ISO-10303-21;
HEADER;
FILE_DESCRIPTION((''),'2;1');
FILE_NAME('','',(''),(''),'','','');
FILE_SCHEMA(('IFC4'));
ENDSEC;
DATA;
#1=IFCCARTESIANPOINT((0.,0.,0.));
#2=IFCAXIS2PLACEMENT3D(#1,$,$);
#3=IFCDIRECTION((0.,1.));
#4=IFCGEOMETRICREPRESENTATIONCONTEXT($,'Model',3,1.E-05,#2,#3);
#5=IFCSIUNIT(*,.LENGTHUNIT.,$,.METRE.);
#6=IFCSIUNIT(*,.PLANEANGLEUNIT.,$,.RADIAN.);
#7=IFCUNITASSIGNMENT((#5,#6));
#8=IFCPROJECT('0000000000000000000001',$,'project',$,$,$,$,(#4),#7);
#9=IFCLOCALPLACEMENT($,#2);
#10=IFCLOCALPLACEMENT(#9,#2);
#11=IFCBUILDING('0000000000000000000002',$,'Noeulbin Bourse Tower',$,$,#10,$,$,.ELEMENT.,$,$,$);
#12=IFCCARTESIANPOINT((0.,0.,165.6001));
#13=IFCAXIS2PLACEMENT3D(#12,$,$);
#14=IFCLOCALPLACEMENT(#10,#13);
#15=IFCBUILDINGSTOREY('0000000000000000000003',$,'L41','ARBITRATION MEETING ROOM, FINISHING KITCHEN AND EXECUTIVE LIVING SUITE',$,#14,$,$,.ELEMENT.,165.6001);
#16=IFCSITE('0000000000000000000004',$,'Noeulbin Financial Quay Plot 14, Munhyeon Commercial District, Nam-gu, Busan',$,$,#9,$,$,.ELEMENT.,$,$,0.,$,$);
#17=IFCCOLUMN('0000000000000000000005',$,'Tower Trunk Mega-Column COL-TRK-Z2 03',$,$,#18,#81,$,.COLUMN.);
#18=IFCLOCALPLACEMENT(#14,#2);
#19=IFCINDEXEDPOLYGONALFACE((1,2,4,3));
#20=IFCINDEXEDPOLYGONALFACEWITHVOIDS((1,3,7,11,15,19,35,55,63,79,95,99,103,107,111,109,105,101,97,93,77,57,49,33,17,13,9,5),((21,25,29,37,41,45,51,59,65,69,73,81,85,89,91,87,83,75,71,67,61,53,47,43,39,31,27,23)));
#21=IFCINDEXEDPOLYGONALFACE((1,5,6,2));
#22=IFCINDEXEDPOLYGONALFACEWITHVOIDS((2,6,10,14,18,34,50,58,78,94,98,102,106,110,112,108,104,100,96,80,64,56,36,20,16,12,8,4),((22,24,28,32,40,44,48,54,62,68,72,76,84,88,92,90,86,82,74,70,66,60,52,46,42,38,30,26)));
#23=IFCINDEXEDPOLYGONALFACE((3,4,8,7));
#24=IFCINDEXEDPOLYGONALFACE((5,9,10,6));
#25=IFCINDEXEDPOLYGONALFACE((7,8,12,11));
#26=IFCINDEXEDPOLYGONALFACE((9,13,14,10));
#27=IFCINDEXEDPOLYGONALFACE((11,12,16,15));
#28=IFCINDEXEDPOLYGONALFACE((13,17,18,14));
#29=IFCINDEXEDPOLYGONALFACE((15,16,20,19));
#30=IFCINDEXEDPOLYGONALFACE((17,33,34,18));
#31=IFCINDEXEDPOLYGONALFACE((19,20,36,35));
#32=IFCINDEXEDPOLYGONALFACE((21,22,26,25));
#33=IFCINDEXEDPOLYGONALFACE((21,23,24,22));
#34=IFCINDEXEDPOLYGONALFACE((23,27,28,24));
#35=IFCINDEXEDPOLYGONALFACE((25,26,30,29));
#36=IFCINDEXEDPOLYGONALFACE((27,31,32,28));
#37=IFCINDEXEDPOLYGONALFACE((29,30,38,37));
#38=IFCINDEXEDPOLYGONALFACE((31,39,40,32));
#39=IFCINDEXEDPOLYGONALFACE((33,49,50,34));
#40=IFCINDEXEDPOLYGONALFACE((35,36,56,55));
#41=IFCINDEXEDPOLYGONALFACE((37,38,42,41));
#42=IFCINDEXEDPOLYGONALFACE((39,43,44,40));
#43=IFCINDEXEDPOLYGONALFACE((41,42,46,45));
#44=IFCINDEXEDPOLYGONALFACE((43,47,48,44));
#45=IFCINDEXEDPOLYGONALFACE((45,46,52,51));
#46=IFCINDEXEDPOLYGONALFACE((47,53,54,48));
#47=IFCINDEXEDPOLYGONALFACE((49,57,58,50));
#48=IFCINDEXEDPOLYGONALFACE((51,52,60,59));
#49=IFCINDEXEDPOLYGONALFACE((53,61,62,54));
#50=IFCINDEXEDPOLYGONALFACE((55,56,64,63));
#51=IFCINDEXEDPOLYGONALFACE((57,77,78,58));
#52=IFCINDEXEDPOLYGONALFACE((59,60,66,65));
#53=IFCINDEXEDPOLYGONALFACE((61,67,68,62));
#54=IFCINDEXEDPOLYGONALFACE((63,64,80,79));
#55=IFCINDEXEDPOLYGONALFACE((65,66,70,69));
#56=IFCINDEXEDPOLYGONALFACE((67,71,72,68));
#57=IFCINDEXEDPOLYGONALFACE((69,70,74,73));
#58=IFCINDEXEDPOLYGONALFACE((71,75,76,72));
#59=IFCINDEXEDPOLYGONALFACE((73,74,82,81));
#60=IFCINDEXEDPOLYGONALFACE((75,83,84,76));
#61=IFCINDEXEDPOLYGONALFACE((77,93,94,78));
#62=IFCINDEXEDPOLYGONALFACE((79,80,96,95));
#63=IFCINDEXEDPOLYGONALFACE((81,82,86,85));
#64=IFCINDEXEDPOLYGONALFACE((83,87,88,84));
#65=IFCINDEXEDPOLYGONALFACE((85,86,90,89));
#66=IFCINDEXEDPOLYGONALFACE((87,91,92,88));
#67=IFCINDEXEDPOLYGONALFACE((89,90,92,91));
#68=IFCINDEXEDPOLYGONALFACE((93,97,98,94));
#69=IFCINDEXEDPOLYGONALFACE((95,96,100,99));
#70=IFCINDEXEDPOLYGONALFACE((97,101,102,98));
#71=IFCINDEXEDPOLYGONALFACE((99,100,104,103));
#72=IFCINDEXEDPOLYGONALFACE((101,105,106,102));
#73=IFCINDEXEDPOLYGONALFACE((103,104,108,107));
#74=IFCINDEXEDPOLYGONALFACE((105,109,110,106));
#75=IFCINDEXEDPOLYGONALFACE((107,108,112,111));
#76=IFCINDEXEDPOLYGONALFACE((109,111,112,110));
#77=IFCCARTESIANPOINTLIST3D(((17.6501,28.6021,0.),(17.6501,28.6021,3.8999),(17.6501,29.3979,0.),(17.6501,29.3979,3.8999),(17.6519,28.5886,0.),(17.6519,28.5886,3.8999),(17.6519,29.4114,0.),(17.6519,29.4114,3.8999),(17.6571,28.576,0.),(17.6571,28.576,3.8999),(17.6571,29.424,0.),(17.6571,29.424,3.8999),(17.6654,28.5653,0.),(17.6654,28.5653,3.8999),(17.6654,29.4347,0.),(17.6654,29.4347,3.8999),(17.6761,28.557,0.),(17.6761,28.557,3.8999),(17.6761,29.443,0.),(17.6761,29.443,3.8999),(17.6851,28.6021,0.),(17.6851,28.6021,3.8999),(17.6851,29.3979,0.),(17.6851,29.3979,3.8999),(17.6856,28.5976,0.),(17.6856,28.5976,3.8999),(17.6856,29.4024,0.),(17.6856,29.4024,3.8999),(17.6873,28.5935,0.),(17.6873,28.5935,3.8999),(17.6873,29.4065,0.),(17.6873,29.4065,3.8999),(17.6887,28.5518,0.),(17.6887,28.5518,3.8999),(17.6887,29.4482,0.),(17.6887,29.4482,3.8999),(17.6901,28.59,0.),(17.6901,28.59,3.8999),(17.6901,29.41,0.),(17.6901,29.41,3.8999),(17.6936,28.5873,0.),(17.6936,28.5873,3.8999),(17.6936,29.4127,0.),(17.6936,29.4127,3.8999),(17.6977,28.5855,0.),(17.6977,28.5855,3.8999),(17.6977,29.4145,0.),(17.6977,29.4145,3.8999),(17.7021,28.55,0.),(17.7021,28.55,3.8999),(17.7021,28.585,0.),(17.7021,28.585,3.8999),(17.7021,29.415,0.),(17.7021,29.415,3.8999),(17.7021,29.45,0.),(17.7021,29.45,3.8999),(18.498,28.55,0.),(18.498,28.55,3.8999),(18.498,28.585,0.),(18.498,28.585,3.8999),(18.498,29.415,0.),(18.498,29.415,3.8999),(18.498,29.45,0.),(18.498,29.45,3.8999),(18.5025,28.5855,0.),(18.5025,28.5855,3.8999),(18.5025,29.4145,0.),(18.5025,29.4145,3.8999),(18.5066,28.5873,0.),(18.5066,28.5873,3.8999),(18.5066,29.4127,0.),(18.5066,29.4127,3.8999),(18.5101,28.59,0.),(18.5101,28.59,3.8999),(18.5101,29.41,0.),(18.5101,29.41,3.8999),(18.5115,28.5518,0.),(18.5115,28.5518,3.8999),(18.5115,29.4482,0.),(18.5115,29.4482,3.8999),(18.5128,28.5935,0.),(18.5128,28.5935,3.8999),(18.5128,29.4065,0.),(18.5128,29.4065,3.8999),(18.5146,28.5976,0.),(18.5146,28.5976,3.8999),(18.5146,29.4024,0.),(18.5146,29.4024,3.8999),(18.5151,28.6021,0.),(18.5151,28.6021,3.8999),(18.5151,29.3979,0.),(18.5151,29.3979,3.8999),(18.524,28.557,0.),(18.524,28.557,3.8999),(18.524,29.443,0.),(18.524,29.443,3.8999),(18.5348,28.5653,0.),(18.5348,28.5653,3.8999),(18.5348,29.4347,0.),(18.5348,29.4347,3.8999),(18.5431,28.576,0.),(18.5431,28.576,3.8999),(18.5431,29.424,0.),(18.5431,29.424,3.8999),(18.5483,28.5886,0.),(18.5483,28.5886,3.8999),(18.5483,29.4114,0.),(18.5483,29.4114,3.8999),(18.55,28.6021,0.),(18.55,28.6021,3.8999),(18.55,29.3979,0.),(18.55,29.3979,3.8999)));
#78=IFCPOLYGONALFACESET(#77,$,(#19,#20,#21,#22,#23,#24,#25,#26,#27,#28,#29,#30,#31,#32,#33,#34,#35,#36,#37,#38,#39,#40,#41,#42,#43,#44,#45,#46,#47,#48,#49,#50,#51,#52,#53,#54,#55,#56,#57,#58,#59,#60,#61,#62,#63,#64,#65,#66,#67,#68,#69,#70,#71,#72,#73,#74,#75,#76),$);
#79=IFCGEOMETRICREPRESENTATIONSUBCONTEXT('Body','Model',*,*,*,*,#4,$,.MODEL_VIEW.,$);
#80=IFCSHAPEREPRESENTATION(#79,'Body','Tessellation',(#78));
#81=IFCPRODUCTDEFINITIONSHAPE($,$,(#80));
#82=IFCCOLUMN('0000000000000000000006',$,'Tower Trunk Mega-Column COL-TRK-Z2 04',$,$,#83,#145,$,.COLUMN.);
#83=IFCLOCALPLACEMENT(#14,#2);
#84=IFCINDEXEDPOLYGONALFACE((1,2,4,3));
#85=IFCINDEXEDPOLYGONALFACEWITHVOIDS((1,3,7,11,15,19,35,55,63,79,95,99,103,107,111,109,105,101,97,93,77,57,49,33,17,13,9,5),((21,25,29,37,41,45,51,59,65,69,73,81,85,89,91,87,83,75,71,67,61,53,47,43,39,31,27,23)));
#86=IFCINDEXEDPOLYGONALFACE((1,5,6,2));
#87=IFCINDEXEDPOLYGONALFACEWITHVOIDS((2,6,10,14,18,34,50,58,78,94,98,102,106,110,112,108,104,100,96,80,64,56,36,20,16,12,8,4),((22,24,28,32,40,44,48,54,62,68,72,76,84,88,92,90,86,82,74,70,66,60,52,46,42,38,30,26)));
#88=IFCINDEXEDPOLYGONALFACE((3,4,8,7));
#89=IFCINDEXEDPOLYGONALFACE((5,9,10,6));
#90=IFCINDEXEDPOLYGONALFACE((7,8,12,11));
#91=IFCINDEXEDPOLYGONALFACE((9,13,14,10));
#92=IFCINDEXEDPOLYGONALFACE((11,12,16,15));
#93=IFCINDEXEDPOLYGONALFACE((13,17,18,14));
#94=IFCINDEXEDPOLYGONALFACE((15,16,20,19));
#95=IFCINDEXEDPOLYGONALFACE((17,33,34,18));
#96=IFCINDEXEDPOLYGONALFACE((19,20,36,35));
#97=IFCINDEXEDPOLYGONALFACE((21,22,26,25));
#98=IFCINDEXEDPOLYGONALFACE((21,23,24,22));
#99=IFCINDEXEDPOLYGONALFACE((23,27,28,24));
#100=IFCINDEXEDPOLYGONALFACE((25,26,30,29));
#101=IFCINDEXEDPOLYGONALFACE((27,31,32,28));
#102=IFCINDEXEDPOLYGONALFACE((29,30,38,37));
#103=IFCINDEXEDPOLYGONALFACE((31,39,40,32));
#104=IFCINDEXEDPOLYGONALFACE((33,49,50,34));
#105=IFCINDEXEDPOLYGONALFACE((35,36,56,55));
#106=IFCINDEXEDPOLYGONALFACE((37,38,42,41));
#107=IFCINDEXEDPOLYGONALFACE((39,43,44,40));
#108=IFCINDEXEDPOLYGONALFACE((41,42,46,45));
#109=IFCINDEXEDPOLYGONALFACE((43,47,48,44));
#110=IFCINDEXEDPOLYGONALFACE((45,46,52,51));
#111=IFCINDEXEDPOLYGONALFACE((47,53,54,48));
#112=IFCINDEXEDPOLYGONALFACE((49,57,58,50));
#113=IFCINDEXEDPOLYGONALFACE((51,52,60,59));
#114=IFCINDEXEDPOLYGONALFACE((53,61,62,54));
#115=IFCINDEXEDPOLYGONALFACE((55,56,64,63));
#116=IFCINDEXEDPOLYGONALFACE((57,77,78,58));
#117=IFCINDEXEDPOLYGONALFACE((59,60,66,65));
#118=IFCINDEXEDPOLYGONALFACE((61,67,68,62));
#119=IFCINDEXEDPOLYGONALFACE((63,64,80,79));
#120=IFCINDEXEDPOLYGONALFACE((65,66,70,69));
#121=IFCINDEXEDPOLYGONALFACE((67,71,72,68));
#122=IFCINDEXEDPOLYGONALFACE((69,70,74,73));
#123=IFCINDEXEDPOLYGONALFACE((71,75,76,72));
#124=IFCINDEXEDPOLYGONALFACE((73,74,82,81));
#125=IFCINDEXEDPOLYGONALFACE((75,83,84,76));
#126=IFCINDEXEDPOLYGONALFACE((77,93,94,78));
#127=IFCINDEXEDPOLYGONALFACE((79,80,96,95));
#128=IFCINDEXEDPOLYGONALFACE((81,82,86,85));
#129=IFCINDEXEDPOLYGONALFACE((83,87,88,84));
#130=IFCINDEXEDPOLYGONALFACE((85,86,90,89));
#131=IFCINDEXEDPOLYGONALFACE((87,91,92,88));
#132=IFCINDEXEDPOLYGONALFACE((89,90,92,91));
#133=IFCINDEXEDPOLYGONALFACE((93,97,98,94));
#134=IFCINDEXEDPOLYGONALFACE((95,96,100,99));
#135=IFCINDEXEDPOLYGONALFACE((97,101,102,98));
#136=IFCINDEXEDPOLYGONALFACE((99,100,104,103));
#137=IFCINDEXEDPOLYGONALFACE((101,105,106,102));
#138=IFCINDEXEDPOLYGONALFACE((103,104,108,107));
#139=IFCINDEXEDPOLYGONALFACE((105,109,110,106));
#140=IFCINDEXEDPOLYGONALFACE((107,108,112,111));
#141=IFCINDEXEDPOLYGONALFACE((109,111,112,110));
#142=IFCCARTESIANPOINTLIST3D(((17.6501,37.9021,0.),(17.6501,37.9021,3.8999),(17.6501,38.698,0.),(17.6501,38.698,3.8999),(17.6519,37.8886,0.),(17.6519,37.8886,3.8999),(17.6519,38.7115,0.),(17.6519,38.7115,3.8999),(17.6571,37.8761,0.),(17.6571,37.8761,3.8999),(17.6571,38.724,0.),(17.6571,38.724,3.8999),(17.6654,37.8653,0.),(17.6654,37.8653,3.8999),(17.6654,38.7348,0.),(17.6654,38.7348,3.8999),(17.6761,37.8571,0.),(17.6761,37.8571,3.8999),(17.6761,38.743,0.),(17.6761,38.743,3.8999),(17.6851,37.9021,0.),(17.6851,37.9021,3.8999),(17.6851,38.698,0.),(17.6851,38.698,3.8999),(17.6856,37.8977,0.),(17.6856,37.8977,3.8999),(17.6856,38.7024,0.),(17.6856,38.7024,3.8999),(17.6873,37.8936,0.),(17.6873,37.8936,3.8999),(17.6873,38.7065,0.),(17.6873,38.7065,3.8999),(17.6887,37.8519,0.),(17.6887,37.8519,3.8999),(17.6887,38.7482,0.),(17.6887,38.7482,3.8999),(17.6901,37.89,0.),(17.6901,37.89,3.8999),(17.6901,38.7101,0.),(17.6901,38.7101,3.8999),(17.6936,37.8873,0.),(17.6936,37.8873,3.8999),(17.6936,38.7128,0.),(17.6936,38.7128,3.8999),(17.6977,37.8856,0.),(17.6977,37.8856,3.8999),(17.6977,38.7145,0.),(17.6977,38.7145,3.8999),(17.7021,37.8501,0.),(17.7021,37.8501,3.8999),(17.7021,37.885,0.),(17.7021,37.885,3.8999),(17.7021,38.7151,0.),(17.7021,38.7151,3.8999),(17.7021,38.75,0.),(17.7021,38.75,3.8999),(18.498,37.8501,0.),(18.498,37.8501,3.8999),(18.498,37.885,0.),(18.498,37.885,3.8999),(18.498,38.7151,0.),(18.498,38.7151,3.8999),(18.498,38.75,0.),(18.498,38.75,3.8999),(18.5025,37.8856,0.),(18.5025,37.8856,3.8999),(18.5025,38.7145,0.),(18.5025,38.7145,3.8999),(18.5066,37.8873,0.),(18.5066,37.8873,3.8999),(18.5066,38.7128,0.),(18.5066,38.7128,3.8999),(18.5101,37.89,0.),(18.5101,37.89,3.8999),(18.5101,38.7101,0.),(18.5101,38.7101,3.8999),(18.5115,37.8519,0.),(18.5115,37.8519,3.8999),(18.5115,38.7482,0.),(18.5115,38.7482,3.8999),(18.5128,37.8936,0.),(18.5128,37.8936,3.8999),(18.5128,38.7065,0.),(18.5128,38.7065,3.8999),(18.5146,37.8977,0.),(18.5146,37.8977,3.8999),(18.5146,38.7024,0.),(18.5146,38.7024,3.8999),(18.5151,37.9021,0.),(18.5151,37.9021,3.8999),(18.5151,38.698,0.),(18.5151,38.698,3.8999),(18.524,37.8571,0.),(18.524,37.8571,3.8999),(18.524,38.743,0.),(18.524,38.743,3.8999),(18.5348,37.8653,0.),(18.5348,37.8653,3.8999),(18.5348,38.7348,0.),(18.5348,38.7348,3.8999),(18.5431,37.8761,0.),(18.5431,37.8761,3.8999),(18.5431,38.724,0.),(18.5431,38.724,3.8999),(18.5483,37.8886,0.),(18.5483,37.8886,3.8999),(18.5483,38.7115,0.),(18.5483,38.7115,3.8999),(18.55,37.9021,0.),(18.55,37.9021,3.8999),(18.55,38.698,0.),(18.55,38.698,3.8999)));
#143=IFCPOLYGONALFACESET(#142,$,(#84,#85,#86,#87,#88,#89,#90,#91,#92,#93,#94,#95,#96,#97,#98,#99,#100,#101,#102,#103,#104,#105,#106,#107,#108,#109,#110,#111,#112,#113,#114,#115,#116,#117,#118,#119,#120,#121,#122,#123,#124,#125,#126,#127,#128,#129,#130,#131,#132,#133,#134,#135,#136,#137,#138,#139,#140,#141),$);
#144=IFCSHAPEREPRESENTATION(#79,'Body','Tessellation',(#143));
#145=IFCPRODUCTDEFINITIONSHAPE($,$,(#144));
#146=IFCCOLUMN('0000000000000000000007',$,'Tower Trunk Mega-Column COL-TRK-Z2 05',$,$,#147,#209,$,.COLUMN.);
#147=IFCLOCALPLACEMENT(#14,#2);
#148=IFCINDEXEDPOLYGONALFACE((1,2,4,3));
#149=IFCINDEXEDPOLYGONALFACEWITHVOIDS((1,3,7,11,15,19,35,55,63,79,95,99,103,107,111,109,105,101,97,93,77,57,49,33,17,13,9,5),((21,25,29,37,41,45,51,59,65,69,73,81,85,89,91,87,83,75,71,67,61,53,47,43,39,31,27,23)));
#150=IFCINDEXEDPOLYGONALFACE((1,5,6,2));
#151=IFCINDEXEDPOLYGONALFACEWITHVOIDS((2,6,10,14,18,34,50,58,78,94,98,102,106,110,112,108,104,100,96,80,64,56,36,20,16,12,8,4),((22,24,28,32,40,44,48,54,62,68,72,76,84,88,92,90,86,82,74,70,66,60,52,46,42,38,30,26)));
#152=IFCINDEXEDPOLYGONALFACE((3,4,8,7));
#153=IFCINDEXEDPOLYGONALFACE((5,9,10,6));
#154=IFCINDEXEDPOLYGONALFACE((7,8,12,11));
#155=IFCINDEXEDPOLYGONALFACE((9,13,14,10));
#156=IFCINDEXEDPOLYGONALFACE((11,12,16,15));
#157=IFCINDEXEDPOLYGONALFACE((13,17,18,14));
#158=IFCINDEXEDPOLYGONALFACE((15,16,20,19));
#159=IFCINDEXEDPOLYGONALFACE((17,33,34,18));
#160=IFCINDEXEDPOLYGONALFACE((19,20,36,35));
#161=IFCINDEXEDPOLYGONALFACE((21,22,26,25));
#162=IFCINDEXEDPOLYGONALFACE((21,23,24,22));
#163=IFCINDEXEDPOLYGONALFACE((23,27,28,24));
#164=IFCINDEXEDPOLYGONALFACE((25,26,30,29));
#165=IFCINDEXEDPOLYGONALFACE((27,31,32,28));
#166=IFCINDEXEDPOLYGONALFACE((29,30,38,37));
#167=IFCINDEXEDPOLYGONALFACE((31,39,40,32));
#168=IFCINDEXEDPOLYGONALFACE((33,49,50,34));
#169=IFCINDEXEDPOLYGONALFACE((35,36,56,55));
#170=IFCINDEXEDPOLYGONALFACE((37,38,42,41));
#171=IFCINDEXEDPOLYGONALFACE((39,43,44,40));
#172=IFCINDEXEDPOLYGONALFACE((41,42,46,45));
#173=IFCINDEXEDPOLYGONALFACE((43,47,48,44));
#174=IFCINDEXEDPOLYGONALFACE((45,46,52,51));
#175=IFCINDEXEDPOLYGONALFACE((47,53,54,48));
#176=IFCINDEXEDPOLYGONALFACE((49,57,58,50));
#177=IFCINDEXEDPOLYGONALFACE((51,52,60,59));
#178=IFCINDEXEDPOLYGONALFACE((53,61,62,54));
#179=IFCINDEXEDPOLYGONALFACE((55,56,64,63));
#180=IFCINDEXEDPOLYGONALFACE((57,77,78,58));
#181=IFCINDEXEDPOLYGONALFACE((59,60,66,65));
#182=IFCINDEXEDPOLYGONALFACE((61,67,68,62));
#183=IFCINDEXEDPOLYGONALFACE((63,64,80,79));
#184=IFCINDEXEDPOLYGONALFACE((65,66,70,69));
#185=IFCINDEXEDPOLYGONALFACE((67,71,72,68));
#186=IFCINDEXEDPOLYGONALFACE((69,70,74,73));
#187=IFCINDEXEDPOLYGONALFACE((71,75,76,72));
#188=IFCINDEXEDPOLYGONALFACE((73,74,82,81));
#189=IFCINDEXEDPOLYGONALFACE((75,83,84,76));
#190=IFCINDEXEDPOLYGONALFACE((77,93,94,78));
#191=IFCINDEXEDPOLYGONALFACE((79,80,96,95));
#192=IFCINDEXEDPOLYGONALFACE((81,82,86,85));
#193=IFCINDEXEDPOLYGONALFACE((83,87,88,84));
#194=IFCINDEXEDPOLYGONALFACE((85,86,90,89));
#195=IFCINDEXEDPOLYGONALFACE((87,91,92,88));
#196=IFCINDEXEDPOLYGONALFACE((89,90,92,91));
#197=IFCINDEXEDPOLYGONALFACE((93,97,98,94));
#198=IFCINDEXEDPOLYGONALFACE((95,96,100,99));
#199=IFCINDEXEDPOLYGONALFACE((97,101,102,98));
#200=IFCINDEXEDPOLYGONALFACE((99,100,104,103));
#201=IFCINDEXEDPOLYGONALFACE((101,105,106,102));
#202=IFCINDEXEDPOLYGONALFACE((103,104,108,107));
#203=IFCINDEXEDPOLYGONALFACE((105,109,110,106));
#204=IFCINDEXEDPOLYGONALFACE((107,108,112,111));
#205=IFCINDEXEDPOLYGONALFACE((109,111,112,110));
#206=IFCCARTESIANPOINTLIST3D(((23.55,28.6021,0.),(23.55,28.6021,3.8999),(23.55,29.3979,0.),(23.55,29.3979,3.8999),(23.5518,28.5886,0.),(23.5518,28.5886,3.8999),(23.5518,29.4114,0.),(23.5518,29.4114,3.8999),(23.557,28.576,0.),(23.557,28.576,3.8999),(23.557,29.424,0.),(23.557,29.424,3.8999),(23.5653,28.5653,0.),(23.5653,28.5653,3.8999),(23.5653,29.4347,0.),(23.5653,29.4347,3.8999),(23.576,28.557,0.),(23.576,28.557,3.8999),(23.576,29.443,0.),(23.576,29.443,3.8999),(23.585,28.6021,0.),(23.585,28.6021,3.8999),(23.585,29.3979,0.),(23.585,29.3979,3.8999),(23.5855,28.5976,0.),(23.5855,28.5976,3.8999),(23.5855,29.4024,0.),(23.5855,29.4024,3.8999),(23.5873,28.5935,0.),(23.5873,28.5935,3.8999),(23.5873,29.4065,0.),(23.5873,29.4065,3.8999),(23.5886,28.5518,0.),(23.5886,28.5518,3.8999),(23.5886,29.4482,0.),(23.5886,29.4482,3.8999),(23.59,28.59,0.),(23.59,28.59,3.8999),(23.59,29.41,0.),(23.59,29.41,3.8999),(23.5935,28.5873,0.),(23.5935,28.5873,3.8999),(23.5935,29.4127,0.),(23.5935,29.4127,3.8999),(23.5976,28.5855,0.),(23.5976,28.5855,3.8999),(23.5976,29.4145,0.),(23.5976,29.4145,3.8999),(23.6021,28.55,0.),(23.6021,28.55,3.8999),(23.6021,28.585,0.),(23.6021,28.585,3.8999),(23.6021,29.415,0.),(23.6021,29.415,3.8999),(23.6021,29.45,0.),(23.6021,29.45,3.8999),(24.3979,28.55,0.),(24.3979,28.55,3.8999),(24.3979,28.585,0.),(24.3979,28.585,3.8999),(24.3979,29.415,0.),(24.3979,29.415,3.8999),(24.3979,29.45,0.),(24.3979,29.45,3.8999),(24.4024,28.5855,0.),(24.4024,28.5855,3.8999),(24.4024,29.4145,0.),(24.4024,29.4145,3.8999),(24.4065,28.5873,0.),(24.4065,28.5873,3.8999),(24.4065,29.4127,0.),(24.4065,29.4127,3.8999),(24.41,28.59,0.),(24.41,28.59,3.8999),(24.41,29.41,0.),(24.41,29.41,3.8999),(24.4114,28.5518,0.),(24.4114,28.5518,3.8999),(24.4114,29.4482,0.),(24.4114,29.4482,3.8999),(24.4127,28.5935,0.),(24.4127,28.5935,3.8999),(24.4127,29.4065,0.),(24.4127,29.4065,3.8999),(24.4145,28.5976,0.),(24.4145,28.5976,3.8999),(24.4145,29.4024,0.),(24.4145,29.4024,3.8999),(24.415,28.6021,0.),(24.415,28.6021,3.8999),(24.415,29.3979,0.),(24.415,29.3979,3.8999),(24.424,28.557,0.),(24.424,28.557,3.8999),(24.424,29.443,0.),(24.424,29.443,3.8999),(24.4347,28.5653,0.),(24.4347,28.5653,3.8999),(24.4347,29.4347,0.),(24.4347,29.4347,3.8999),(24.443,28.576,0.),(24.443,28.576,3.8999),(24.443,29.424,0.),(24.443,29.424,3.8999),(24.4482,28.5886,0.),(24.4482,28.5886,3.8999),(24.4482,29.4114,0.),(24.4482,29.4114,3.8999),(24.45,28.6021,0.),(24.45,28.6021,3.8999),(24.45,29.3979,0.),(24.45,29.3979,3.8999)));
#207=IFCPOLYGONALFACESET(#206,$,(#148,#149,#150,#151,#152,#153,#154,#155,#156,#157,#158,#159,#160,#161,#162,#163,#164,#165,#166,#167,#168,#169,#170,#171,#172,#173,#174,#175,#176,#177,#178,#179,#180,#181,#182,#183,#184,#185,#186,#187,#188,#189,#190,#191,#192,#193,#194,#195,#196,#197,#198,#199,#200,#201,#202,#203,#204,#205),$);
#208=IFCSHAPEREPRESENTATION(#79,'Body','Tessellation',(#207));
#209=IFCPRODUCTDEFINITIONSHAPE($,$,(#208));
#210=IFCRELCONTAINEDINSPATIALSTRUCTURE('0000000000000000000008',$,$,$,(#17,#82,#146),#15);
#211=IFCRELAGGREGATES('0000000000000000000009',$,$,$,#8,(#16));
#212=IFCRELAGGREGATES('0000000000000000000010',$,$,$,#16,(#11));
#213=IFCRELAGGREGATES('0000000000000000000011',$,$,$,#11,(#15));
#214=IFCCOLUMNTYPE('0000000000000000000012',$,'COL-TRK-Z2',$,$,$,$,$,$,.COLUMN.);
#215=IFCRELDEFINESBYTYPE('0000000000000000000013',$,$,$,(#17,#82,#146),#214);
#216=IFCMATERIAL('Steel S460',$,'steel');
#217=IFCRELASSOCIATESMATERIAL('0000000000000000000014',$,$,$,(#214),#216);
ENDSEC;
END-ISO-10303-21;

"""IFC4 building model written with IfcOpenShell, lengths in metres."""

from ifc_helpers import new_model, si_unit, direction, frame, origin, origin_2d, place, context, subcontext, project, spatial, hollow_rectangle, extrude, material, material_profile, profile_set, type_object, element, save


model = new_model("IFC4")

# Units and contexts
model_context = context("Model", 3, precision=1e-05, world=origin(), true_north=direction((0.0, 1.0)))
body_context = subcontext(model_context, "Body", "Model", "MODEL_VIEW")
ifc_project = project(units=[si_unit("LENGTHUNIT", "METRE"), si_unit("PLANEANGLEUNIT", "RADIAN")], contexts=[model_context])

# Site, building, storey
site_placement = place(None, origin())
site = spatial("IfcSite", under=ifc_project, at=site_placement, Name="Noeulbin Financial Quay Plot 14, Munhyeon Commercial District, Nam-gu, Busan", CompositionType="ELEMENT", RefElevation=0.0)
building_placement = place(site_placement, origin())
building = spatial("IfcBuilding", under=site, at=building_placement, Name="Noeulbin Bourse Tower", CompositionType="ELEMENT")
storey_placement = place(building_placement, frame((0.0, 0.0, 165.6001)))
storey = spatial("IfcBuildingStorey", under=building, at=storey_placement, Name="L41", Description="ARBITRATION MEETING ROOM, FINISHING KITCHEN AND EXECUTIVE LIVING SUITE", CompositionType="ELEMENT", Elevation=165.6001)

# Columns
ifc_material_1 = material(Name="Steel S460", Category="steel")
ifc_material_profile = material_profile(ifc_material_1, hollow_rectangle(XDim=0.8999, YDim=0.8999, WallThickness=0.0349, InnerFilletRadius=0.0171, OuterFilletRadius=0.052, at=origin_2d()), Name="BOX-900x900x35", Category="LoadBearing")
ifc_profile_set = profile_set([ifc_material_profile], Name="Steel S460")
column_type = type_object("IfcColumnType", Name="COL-TRK-Z2", PredefinedType="COLUMN", material=ifc_profile_set)
for number, where, z_axis, x_axis, name in (
    (1, (18.1001, 29.0, 0.0), (0.0, 0.0, 1.0), (1.0, 0.0, 0.0), "Tower Trunk Mega-Column COL-TRK-Z2 03"),
    (2, (18.1001, 38.3, 0.0), (0.0, 0.0, 1.0), (1.0, 0.0, 0.0), "Tower Trunk Mega-Column COL-TRK-Z2 04"),
    (3, (24.0, 29.0, 0.0), (0.0, 0.0, 1.0), (1.0, 0.0, 0.0), "Tower Trunk Mega-Column COL-TRK-Z2 05"),
):
    element("IfcColumn", number, at=place(storey_placement, frame(where, z_axis=z_axis, x_axis=x_axis)), inside=storey, type_object=column_type, Name=name, PredefinedType="COLUMN", context=body_context, shape_type="SweptSolid", body=[
        extrude(hollow_rectangle(XDim=0.8999, YDim=0.8999, WallThickness=0.0349, InnerFilletRadius=0.0171, OuterFilletRadius=0.052, at=origin_2d()), origin(), (0.0, 0.0, 1.0), 3.8999),
    ])

save(model, "model.ifc")
